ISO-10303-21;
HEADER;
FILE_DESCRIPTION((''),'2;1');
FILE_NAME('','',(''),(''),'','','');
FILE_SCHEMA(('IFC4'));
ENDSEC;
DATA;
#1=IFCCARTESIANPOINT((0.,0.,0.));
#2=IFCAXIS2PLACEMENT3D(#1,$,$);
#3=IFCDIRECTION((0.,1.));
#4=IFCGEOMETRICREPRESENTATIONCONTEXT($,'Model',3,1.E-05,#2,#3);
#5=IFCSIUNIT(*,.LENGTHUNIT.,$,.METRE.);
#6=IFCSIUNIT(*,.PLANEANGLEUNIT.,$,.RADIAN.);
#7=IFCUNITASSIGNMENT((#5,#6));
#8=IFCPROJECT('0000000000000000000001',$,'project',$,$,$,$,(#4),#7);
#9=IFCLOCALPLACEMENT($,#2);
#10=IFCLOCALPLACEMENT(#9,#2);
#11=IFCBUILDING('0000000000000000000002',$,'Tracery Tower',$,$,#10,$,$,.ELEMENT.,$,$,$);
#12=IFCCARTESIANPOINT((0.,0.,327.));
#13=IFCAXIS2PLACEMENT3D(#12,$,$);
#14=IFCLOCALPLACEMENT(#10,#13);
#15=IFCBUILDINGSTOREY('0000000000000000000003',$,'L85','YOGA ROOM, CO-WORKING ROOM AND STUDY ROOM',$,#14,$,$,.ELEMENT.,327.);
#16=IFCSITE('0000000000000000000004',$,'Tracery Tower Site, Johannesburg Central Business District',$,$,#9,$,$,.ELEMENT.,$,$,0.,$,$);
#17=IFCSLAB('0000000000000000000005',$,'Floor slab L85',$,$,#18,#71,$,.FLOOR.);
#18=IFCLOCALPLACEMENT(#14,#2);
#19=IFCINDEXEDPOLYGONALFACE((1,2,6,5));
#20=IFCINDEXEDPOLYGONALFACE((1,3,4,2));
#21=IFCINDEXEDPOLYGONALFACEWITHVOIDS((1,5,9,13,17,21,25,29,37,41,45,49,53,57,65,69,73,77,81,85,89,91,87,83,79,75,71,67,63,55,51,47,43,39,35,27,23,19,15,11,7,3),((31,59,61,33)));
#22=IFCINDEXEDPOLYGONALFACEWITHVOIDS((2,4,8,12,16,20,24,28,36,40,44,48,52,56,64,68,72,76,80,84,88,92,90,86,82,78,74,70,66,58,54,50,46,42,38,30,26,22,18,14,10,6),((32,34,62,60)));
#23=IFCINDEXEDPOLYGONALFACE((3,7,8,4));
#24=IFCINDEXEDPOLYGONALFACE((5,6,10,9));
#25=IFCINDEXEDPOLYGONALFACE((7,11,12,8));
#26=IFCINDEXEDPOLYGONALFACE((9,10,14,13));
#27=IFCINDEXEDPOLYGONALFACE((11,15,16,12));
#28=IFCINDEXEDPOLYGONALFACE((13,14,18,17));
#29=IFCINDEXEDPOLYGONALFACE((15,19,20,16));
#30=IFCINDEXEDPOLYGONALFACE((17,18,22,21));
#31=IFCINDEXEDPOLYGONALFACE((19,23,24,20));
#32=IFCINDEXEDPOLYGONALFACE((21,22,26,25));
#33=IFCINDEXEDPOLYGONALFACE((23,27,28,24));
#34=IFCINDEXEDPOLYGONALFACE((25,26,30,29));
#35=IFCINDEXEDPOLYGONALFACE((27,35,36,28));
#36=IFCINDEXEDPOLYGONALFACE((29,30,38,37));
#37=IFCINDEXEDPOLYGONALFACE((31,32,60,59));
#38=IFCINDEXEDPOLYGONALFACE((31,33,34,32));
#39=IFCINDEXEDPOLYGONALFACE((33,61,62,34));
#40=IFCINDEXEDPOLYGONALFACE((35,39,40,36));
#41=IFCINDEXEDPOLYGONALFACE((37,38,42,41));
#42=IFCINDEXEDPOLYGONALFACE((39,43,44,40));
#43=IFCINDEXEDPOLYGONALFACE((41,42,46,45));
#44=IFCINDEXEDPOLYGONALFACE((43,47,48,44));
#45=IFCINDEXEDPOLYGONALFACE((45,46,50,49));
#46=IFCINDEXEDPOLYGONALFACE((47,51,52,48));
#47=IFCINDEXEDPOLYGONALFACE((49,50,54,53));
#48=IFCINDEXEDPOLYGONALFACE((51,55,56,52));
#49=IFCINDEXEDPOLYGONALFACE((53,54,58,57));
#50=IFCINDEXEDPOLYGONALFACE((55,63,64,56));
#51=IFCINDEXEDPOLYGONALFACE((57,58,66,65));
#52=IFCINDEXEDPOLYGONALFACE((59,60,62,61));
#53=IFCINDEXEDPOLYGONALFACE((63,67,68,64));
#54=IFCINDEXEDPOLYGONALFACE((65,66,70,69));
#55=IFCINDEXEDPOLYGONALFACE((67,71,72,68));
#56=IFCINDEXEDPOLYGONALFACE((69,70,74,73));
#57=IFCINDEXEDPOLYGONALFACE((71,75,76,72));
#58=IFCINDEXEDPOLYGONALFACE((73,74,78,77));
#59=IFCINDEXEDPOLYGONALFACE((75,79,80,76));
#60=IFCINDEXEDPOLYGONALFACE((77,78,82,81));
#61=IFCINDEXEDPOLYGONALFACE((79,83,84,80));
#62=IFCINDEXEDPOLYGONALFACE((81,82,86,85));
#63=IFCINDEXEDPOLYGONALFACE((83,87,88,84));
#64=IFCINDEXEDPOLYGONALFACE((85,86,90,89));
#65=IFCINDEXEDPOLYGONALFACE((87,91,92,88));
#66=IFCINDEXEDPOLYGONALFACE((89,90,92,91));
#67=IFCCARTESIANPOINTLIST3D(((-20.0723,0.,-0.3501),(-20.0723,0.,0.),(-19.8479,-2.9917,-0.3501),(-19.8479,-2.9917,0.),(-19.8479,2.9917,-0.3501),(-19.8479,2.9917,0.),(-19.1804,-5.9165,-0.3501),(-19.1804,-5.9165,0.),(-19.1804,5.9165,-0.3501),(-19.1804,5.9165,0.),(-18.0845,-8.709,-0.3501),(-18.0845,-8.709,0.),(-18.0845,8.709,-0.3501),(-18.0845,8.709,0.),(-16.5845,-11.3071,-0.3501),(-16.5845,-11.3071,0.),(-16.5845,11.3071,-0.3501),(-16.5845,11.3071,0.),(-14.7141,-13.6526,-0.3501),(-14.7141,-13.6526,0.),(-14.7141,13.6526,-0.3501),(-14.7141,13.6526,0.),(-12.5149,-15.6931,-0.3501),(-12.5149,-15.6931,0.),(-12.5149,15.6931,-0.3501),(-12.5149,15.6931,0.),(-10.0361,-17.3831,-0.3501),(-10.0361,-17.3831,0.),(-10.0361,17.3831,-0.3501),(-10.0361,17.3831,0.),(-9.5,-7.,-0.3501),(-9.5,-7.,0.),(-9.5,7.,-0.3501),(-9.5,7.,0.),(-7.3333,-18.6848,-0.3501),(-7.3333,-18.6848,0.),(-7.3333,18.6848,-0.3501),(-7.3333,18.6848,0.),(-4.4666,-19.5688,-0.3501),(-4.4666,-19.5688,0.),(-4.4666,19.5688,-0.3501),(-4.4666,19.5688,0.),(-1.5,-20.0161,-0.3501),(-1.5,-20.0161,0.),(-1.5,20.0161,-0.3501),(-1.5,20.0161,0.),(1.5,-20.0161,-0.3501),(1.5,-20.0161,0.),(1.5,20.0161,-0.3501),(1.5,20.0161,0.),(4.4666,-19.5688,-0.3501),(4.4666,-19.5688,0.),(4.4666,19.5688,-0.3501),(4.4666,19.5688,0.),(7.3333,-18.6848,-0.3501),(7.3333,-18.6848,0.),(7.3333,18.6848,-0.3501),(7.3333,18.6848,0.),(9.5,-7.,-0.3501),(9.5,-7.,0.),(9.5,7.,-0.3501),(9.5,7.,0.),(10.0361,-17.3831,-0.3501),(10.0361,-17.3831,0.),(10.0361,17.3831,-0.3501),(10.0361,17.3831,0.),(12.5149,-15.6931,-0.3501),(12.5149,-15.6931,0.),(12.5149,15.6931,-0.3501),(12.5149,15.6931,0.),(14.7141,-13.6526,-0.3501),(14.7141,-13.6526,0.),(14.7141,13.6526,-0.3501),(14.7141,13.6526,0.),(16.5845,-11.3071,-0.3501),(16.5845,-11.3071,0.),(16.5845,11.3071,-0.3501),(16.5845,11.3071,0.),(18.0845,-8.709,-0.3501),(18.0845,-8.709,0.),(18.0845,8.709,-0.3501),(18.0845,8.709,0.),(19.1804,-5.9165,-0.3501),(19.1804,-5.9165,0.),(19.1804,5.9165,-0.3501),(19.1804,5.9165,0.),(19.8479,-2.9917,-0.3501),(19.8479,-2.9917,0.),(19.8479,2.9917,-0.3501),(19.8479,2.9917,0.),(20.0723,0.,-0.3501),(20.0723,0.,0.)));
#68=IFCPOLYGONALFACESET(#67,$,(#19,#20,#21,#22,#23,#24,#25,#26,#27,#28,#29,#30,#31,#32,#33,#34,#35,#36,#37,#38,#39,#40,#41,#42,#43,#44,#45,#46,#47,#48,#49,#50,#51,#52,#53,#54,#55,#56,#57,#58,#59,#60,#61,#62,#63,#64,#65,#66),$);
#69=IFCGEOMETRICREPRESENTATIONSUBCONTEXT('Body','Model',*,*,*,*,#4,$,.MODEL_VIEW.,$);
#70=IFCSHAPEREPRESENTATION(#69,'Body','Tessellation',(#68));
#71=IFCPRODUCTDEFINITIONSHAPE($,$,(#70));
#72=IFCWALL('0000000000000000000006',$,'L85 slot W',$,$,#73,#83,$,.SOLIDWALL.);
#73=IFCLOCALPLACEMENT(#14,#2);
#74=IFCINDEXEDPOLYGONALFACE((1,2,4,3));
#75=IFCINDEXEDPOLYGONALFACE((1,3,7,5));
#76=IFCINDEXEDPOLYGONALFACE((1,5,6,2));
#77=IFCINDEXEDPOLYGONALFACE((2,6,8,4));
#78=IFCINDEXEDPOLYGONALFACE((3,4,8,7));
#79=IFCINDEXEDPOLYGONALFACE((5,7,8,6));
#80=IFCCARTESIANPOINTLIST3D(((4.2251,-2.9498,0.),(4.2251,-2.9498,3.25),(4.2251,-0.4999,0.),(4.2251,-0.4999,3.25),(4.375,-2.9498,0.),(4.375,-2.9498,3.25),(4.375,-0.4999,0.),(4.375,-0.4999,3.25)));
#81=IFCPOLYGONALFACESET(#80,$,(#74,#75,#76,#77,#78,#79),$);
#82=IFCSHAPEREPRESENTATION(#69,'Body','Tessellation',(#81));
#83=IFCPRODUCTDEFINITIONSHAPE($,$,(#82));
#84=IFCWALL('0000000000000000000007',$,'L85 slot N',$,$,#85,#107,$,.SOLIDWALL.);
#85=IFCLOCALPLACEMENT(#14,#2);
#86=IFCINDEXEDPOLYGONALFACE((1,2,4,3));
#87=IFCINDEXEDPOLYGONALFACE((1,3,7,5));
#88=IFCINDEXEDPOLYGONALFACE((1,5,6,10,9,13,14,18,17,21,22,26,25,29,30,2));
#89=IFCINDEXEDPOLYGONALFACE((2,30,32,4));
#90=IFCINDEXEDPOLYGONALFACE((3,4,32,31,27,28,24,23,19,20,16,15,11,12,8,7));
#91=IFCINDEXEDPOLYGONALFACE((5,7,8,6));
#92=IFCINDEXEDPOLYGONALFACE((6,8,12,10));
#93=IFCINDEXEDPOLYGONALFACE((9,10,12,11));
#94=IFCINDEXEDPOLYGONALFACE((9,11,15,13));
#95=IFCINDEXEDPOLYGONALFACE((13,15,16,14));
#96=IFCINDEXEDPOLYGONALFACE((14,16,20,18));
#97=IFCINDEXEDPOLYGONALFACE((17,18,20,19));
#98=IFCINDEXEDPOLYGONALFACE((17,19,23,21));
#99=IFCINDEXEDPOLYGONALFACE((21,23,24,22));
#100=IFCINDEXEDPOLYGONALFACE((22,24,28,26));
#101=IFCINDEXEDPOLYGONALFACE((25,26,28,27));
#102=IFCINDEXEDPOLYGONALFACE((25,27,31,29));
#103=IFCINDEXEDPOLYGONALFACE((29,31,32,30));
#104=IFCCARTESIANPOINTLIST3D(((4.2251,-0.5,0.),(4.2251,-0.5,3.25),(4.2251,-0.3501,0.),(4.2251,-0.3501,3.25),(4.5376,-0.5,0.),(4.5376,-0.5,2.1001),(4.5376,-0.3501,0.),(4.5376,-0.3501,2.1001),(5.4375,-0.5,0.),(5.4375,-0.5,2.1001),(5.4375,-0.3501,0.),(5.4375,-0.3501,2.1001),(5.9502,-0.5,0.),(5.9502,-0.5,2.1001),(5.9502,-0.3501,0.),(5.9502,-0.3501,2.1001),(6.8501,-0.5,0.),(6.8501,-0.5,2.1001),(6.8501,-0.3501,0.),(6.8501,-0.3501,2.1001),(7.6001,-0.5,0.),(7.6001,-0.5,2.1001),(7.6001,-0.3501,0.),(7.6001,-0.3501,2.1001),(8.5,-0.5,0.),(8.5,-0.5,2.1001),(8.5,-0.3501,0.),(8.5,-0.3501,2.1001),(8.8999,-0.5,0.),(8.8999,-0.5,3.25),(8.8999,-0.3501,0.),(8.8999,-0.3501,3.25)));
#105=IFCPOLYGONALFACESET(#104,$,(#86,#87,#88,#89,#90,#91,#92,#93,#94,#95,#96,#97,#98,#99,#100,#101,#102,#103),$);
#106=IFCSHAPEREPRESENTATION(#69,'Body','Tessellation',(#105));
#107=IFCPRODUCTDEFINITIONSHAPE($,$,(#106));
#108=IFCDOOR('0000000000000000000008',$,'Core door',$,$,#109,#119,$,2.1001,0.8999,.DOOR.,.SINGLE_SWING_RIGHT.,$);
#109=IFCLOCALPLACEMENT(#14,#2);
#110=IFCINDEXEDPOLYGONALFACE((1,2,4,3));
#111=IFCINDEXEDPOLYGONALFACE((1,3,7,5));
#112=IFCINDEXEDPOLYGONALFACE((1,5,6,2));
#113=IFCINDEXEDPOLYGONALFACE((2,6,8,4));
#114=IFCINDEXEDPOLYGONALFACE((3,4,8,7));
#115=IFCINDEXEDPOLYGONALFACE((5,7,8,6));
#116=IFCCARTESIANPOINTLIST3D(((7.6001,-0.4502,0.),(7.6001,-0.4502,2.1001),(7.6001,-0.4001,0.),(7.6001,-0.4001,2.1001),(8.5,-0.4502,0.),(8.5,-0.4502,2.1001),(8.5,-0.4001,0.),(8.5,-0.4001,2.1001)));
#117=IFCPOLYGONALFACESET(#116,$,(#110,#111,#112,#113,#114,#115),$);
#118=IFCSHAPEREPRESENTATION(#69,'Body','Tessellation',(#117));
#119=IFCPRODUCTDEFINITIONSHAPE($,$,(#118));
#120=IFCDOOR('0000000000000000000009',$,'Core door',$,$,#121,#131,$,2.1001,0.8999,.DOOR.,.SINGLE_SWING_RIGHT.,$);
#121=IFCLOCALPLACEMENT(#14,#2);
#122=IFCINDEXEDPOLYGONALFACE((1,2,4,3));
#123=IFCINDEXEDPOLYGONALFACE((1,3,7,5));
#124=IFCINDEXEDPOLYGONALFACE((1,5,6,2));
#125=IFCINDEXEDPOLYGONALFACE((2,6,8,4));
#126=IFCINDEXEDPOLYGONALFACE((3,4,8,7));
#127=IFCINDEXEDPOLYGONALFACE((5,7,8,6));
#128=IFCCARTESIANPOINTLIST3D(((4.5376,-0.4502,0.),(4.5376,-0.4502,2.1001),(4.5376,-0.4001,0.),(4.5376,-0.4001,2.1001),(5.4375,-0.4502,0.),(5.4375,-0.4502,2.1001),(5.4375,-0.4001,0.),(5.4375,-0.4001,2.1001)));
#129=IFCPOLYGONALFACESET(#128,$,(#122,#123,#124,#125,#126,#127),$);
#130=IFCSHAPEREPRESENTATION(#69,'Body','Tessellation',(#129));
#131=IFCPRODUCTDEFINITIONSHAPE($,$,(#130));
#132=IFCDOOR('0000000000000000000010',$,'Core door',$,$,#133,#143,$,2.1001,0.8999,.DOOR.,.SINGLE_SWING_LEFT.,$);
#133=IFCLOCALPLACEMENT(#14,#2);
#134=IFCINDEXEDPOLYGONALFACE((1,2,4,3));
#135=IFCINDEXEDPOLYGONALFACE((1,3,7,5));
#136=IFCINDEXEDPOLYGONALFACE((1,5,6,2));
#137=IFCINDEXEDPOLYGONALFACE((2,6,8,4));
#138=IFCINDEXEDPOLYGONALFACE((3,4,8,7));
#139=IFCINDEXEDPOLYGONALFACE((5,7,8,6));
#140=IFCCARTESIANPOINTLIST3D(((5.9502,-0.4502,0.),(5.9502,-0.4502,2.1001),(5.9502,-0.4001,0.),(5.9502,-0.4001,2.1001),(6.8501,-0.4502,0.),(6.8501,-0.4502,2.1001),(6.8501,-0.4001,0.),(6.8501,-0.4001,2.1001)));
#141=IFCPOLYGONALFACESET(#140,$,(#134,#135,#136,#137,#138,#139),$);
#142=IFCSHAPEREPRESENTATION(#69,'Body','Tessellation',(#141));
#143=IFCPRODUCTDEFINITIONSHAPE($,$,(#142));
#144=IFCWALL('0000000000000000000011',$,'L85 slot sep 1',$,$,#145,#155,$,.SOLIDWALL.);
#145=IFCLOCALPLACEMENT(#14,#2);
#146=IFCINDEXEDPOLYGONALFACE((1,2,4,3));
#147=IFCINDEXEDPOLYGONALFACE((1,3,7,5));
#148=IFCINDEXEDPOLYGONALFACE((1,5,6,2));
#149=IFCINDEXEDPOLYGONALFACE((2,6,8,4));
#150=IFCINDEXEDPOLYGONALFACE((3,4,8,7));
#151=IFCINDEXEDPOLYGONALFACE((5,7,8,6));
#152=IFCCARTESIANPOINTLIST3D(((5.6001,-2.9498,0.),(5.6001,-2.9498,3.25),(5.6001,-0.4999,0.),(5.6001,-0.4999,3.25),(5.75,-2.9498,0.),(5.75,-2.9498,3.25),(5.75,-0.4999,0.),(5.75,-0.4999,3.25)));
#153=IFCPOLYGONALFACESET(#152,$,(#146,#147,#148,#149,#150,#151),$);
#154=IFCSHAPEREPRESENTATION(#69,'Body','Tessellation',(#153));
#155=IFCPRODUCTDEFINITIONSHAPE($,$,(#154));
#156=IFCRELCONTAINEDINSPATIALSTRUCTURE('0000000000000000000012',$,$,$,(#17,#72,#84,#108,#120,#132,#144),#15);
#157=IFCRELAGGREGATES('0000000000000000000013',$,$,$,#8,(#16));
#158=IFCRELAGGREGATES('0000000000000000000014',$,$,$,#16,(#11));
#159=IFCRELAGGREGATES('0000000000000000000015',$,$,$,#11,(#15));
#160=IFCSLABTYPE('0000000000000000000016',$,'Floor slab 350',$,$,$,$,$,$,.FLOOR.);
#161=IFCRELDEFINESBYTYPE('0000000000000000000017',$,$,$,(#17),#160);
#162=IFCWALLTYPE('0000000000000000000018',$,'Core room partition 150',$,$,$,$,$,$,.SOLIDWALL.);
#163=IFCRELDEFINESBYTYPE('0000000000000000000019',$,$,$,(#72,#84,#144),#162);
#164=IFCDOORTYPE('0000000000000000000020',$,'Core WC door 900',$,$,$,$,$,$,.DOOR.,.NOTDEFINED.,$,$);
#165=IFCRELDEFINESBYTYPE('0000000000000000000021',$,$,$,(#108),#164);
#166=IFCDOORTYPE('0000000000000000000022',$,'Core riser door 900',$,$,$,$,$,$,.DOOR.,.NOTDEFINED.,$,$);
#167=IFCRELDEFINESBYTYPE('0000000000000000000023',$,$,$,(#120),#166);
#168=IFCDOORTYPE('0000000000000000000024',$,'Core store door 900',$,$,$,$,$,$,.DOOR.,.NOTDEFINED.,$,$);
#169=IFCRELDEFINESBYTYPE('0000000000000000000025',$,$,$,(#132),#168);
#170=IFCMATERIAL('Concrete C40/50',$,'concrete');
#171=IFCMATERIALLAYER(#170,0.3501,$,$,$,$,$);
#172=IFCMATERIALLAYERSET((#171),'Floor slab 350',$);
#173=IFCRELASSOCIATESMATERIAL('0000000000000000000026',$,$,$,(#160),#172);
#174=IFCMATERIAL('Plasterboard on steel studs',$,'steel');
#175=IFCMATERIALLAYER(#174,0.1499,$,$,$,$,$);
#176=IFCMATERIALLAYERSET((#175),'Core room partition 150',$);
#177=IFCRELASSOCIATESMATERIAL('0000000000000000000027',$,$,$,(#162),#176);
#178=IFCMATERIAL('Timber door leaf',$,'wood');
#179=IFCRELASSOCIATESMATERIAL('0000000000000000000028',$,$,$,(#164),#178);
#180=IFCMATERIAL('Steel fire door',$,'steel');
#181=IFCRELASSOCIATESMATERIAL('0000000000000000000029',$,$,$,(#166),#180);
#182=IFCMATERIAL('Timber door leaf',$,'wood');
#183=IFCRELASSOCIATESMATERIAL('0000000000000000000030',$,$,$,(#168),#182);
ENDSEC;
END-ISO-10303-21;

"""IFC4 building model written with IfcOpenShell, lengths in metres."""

from ifc_helpers import new_model, si_unit, direction, frame, frame_2d, origin, place, context, subcontext, project, spatial, polyline, rectangle, outline, extrude, material, layer, layer_set, type_object, element, fill, save


model = new_model("IFC4")

# Units and contexts
model_context = context("Model", 3, precision=1e-05, world=origin(), true_north=direction((0.0, 1.0)))
body_context = subcontext(model_context, "Body", "Model", "MODEL_VIEW")
ifc_project = project(units=[si_unit("LENGTHUNIT", "METRE"), si_unit("PLANEANGLEUNIT", "RADIAN")], contexts=[model_context])

# Site, building, storey
site_placement = place(None, origin())
site = spatial("IfcSite", under=ifc_project, at=site_placement, Name="Tracery Tower Site, Johannesburg Central Business District", CompositionType="ELEMENT", RefElevation=0.0)
building_placement = place(site_placement, origin())
building = spatial("IfcBuilding", under=site, at=building_placement, Name="Tracery Tower", CompositionType="ELEMENT")
storey_placement = place(building_placement, frame((0.0, 0.0, 327.0)))
storey = spatial("IfcBuildingStorey", under=building, at=storey_placement, Name="L85", Description="YOGA ROOM, CO-WORKING ROOM AND STUDY ROOM", CompositionType="ELEMENT", Elevation=327.0)

# Slab
ifc_material_1 = material(Name="Concrete C40/50", Category="concrete")
ifc_layer_1 = layer(ifc_material_1, 0.3501)
ifc_layer_set_1 = layer_set([ifc_layer_1], Name="Floor slab 350")
slab_type_1 = type_object("IfcSlabType", Name="Floor slab 350", PredefinedType="FLOOR", material=ifc_layer_set_1)
slab_1_placement = place(storey_placement, frame((0.0, 0.0, -0.3501)))
element("IfcSlab", 1, at=slab_1_placement, inside=storey, type_object=slab_type_1, Name="Floor slab L85", PredefinedType="FLOOR", context=body_context, shape_type="SweptSolid", body=[
    extrude(outline(polyline([(20.0723, 0.0), (19.8479, 2.9917), (19.1804, 5.9165), (18.0845, 8.709), (16.5845, 11.3071), (14.7141, 13.6526), (12.5149, 15.6931), (10.0361, 17.3831), (7.3333, 18.6848), (4.4666, 19.5688), (1.5, 20.0161), (-1.5, 20.0161), (-4.4666, 19.5688), (-7.3333, 18.6848), (-10.0361, 17.3831), (-12.5149, 15.6931), (-14.7141, 13.6526), (-16.5845, 11.3071), (-18.0845, 8.709), (-19.1804, 5.9165), (-19.8479, 2.9917), (-20.0723, 0.0), (-19.8479, -2.9917), (-19.1804, -5.9165), (-18.0845, -8.709), (-16.5845, -11.3071), (-14.7141, -13.6526), (-12.5149, -15.6931), (-10.0361, -17.3831), (-7.3333, -18.6848), (-4.4666, -19.5688), (-1.5, -20.0161), (1.5, -20.0161), (4.4666, -19.5688), (7.3333, -18.6848), (10.0361, -17.3831), (12.5149, -15.6931), (14.7141, -13.6526), (16.5845, -11.3071), (18.0845, -8.709), (19.1804, -5.9165), (19.8479, -2.9917), (20.0723, 0.0)]), holes=[polyline([(-9.5, -7.0), (9.5, -7.0), (9.5, 7.0), (-9.5, 7.0), (-9.5, -7.0)])]), origin(), (0.0, 0.0, 1.0), 0.3501),
])

# Wall
ifc_material_2 = material(Name="Plasterboard on steel studs", Category="steel")
ifc_layer_2 = layer(ifc_material_2, 0.1499)
ifc_layer_set_2 = layer_set([ifc_layer_2], Name="Core room partition 150")
wall_type_1 = type_object("IfcWallType", Name="Core room partition 150", PredefinedType="SOLIDWALL", material=ifc_layer_set_2)
wall_1_placement = place(storey_placement, frame((4.3, -2.95, 0.0), z_axis=(0.0, 0.0, 1.0), x_axis=(0.0, 1.0, 0.0)))
element("IfcWall", 2, at=wall_1_placement, inside=storey, type_object=wall_type_1, Name="L85 slot W", PredefinedType="SOLIDWALL", context=body_context, shape_type="SweptSolid", body=[
    extrude(rectangle(XDim=2.45, YDim=0.1499, at=frame_2d((1.2251, 0.0))), origin(), (0.0, 0.0, 1.0), 3.25),
])

# Wall, openings, doors
wall_2_placement = place(storey_placement, frame((4.2251, -0.425, 0.0), z_axis=(0.0, 0.0, 1.0), x_axis=(1.0, 0.0, 0.0)))
wall_2 = element("IfcWall", 3, at=wall_2_placement, inside=storey, type_object=wall_type_1, Name="L85 slot N", PredefinedType="SOLIDWALL", context=body_context, shape_type="SweptSolid", body=[
    extrude(rectangle(XDim=4.6748, YDim=0.1499, at=frame_2d((2.3374, 0.0))), origin(), (0.0, 0.0, 1.0), 3.25),
])
opening_1_placement = place(wall_2_placement, frame((0.3125, 0.0, 0.0)))
opening_1 = element("IfcOpeningElement", 4, at=opening_1_placement, cuts=wall_2, PredefinedType="OPENING", context=body_context, shape_type="SweptSolid", body=[
    extrude(rectangle(XDim=0.8999, YDim=2.1001, at=frame_2d((0.45, 1.05))), frame((0.0, 0.075, 0.0), z_axis=(0.0, -1.0, 0.0), x_axis=(1.0, 0.0, 0.0)), (0.0, 0.0, 1.0), 0.1499),
])
opening_2_placement = place(wall_2_placement, frame((1.7251, 0.0, 0.0)))
opening_2 = element("IfcOpeningElement", 5, at=opening_2_placement, cuts=wall_2, PredefinedType="OPENING", context=body_context, shape_type="SweptSolid", body=[
    extrude(rectangle(XDim=0.8999, YDim=2.1001, at=frame_2d((0.45, 1.05))), frame((0.0, 0.075, 0.0), z_axis=(0.0, -1.0, 0.0), x_axis=(1.0, 0.0, 0.0)), (0.0, 0.0, 1.0), 0.1499),
])
opening_3_placement = place(wall_2_placement, frame((3.375, 0.0, 0.0)))
opening_3 = element("IfcOpeningElement", 6, at=opening_3_placement, cuts=wall_2, PredefinedType="OPENING", context=body_context, shape_type="SweptSolid", body=[
    extrude(rectangle(XDim=0.8999, YDim=2.1001, at=frame_2d((0.45, 1.05))), frame((0.0, 0.075, 0.0), z_axis=(0.0, -1.0, 0.0), x_axis=(1.0, 0.0, 0.0)), (0.0, 0.0, 1.0), 0.1499),
])
ifc_material_3 = material(Name="Timber door leaf", Category="wood")
door_type_1 = type_object("IfcDoorType", Name="Core WC door 900", OperationType="NOTDEFINED", PredefinedType="DOOR", material=ifc_material_3)
door_1_placement = place(opening_3_placement, origin())
door_1 = element("IfcDoor", 7, at=door_1_placement, inside=storey, type_object=door_type_1, Name="Core door", OperationType="SINGLE_SWING_RIGHT", OverallHeight=2.1001, OverallWidth=0.8999, PredefinedType="DOOR", context=body_context, shape_type="SweptSolid", body=[
    extrude(rectangle(XDim=0.8999, YDim=2.1001, at=frame_2d((0.45, 1.05))), frame((0.0, 0.0249, 0.0), z_axis=(0.0, -1.0, 0.0), x_axis=(1.0, 0.0, 0.0)), (0.0, 0.0, 1.0), 0.05),
])
fill(opening_3, door_1)
ifc_material_4 = material(Name="Steel fire door", Category="steel")
door_type_2 = type_object("IfcDoorType", Name="Core riser door 900", OperationType="NOTDEFINED", PredefinedType="DOOR", material=ifc_material_4)
door_2_placement = place(opening_1_placement, origin())
door_2 = element("IfcDoor", 8, at=door_2_placement, inside=storey, type_object=door_type_2, Name="Core door", OperationType="SINGLE_SWING_RIGHT", OverallHeight=2.1001, OverallWidth=0.8999, PredefinedType="DOOR", context=body_context, shape_type="SweptSolid", body=[
    extrude(rectangle(XDim=0.8999, YDim=2.1001, at=frame_2d((0.45, 1.05))), frame((0.0, 0.0249, 0.0), z_axis=(0.0, -1.0, 0.0), x_axis=(1.0, 0.0, 0.0)), (0.0, 0.0, 1.0), 0.05),
])
fill(opening_1, door_2)
ifc_material_5 = material(Name="Timber door leaf", Category="wood")
door_type_3 = type_object("IfcDoorType", Name="Core store door 900", OperationType="NOTDEFINED", PredefinedType="DOOR", material=ifc_material_5)
door_3_placement = place(opening_2_placement, origin())
door_3 = element("IfcDoor", 9, at=door_3_placement, inside=storey, type_object=door_type_3, Name="Core door", OperationType="SINGLE_SWING_LEFT", OverallHeight=2.1001, OverallWidth=0.8999, PredefinedType="DOOR", context=body_context, shape_type="SweptSolid", body=[
    extrude(rectangle(XDim=0.8999, YDim=2.1001, at=frame_2d((0.45, 1.05))), frame((0.0, 0.0249, 0.0), z_axis=(0.0, -1.0, 0.0), x_axis=(1.0, 0.0, 0.0)), (0.0, 0.0, 1.0), 0.05),
])
fill(opening_2, door_3)

# Wall
wall_3_placement = place(storey_placement, frame((5.675, -2.95, 0.0), z_axis=(0.0, 0.0, 1.0), x_axis=(0.0, 1.0, 0.0)))
element("IfcWall", 10, at=wall_3_placement, inside=storey, type_object=wall_type_1, Name="L85 slot sep 1", PredefinedType="SOLIDWALL", context=body_context, shape_type="SweptSolid", body=[
    extrude(rectangle(XDim=2.45, YDim=0.1499, at=frame_2d((1.2251, 0.0))), origin(), (0.0, 0.0, 1.0), 3.25),
])

save(model, "model.ifc")
